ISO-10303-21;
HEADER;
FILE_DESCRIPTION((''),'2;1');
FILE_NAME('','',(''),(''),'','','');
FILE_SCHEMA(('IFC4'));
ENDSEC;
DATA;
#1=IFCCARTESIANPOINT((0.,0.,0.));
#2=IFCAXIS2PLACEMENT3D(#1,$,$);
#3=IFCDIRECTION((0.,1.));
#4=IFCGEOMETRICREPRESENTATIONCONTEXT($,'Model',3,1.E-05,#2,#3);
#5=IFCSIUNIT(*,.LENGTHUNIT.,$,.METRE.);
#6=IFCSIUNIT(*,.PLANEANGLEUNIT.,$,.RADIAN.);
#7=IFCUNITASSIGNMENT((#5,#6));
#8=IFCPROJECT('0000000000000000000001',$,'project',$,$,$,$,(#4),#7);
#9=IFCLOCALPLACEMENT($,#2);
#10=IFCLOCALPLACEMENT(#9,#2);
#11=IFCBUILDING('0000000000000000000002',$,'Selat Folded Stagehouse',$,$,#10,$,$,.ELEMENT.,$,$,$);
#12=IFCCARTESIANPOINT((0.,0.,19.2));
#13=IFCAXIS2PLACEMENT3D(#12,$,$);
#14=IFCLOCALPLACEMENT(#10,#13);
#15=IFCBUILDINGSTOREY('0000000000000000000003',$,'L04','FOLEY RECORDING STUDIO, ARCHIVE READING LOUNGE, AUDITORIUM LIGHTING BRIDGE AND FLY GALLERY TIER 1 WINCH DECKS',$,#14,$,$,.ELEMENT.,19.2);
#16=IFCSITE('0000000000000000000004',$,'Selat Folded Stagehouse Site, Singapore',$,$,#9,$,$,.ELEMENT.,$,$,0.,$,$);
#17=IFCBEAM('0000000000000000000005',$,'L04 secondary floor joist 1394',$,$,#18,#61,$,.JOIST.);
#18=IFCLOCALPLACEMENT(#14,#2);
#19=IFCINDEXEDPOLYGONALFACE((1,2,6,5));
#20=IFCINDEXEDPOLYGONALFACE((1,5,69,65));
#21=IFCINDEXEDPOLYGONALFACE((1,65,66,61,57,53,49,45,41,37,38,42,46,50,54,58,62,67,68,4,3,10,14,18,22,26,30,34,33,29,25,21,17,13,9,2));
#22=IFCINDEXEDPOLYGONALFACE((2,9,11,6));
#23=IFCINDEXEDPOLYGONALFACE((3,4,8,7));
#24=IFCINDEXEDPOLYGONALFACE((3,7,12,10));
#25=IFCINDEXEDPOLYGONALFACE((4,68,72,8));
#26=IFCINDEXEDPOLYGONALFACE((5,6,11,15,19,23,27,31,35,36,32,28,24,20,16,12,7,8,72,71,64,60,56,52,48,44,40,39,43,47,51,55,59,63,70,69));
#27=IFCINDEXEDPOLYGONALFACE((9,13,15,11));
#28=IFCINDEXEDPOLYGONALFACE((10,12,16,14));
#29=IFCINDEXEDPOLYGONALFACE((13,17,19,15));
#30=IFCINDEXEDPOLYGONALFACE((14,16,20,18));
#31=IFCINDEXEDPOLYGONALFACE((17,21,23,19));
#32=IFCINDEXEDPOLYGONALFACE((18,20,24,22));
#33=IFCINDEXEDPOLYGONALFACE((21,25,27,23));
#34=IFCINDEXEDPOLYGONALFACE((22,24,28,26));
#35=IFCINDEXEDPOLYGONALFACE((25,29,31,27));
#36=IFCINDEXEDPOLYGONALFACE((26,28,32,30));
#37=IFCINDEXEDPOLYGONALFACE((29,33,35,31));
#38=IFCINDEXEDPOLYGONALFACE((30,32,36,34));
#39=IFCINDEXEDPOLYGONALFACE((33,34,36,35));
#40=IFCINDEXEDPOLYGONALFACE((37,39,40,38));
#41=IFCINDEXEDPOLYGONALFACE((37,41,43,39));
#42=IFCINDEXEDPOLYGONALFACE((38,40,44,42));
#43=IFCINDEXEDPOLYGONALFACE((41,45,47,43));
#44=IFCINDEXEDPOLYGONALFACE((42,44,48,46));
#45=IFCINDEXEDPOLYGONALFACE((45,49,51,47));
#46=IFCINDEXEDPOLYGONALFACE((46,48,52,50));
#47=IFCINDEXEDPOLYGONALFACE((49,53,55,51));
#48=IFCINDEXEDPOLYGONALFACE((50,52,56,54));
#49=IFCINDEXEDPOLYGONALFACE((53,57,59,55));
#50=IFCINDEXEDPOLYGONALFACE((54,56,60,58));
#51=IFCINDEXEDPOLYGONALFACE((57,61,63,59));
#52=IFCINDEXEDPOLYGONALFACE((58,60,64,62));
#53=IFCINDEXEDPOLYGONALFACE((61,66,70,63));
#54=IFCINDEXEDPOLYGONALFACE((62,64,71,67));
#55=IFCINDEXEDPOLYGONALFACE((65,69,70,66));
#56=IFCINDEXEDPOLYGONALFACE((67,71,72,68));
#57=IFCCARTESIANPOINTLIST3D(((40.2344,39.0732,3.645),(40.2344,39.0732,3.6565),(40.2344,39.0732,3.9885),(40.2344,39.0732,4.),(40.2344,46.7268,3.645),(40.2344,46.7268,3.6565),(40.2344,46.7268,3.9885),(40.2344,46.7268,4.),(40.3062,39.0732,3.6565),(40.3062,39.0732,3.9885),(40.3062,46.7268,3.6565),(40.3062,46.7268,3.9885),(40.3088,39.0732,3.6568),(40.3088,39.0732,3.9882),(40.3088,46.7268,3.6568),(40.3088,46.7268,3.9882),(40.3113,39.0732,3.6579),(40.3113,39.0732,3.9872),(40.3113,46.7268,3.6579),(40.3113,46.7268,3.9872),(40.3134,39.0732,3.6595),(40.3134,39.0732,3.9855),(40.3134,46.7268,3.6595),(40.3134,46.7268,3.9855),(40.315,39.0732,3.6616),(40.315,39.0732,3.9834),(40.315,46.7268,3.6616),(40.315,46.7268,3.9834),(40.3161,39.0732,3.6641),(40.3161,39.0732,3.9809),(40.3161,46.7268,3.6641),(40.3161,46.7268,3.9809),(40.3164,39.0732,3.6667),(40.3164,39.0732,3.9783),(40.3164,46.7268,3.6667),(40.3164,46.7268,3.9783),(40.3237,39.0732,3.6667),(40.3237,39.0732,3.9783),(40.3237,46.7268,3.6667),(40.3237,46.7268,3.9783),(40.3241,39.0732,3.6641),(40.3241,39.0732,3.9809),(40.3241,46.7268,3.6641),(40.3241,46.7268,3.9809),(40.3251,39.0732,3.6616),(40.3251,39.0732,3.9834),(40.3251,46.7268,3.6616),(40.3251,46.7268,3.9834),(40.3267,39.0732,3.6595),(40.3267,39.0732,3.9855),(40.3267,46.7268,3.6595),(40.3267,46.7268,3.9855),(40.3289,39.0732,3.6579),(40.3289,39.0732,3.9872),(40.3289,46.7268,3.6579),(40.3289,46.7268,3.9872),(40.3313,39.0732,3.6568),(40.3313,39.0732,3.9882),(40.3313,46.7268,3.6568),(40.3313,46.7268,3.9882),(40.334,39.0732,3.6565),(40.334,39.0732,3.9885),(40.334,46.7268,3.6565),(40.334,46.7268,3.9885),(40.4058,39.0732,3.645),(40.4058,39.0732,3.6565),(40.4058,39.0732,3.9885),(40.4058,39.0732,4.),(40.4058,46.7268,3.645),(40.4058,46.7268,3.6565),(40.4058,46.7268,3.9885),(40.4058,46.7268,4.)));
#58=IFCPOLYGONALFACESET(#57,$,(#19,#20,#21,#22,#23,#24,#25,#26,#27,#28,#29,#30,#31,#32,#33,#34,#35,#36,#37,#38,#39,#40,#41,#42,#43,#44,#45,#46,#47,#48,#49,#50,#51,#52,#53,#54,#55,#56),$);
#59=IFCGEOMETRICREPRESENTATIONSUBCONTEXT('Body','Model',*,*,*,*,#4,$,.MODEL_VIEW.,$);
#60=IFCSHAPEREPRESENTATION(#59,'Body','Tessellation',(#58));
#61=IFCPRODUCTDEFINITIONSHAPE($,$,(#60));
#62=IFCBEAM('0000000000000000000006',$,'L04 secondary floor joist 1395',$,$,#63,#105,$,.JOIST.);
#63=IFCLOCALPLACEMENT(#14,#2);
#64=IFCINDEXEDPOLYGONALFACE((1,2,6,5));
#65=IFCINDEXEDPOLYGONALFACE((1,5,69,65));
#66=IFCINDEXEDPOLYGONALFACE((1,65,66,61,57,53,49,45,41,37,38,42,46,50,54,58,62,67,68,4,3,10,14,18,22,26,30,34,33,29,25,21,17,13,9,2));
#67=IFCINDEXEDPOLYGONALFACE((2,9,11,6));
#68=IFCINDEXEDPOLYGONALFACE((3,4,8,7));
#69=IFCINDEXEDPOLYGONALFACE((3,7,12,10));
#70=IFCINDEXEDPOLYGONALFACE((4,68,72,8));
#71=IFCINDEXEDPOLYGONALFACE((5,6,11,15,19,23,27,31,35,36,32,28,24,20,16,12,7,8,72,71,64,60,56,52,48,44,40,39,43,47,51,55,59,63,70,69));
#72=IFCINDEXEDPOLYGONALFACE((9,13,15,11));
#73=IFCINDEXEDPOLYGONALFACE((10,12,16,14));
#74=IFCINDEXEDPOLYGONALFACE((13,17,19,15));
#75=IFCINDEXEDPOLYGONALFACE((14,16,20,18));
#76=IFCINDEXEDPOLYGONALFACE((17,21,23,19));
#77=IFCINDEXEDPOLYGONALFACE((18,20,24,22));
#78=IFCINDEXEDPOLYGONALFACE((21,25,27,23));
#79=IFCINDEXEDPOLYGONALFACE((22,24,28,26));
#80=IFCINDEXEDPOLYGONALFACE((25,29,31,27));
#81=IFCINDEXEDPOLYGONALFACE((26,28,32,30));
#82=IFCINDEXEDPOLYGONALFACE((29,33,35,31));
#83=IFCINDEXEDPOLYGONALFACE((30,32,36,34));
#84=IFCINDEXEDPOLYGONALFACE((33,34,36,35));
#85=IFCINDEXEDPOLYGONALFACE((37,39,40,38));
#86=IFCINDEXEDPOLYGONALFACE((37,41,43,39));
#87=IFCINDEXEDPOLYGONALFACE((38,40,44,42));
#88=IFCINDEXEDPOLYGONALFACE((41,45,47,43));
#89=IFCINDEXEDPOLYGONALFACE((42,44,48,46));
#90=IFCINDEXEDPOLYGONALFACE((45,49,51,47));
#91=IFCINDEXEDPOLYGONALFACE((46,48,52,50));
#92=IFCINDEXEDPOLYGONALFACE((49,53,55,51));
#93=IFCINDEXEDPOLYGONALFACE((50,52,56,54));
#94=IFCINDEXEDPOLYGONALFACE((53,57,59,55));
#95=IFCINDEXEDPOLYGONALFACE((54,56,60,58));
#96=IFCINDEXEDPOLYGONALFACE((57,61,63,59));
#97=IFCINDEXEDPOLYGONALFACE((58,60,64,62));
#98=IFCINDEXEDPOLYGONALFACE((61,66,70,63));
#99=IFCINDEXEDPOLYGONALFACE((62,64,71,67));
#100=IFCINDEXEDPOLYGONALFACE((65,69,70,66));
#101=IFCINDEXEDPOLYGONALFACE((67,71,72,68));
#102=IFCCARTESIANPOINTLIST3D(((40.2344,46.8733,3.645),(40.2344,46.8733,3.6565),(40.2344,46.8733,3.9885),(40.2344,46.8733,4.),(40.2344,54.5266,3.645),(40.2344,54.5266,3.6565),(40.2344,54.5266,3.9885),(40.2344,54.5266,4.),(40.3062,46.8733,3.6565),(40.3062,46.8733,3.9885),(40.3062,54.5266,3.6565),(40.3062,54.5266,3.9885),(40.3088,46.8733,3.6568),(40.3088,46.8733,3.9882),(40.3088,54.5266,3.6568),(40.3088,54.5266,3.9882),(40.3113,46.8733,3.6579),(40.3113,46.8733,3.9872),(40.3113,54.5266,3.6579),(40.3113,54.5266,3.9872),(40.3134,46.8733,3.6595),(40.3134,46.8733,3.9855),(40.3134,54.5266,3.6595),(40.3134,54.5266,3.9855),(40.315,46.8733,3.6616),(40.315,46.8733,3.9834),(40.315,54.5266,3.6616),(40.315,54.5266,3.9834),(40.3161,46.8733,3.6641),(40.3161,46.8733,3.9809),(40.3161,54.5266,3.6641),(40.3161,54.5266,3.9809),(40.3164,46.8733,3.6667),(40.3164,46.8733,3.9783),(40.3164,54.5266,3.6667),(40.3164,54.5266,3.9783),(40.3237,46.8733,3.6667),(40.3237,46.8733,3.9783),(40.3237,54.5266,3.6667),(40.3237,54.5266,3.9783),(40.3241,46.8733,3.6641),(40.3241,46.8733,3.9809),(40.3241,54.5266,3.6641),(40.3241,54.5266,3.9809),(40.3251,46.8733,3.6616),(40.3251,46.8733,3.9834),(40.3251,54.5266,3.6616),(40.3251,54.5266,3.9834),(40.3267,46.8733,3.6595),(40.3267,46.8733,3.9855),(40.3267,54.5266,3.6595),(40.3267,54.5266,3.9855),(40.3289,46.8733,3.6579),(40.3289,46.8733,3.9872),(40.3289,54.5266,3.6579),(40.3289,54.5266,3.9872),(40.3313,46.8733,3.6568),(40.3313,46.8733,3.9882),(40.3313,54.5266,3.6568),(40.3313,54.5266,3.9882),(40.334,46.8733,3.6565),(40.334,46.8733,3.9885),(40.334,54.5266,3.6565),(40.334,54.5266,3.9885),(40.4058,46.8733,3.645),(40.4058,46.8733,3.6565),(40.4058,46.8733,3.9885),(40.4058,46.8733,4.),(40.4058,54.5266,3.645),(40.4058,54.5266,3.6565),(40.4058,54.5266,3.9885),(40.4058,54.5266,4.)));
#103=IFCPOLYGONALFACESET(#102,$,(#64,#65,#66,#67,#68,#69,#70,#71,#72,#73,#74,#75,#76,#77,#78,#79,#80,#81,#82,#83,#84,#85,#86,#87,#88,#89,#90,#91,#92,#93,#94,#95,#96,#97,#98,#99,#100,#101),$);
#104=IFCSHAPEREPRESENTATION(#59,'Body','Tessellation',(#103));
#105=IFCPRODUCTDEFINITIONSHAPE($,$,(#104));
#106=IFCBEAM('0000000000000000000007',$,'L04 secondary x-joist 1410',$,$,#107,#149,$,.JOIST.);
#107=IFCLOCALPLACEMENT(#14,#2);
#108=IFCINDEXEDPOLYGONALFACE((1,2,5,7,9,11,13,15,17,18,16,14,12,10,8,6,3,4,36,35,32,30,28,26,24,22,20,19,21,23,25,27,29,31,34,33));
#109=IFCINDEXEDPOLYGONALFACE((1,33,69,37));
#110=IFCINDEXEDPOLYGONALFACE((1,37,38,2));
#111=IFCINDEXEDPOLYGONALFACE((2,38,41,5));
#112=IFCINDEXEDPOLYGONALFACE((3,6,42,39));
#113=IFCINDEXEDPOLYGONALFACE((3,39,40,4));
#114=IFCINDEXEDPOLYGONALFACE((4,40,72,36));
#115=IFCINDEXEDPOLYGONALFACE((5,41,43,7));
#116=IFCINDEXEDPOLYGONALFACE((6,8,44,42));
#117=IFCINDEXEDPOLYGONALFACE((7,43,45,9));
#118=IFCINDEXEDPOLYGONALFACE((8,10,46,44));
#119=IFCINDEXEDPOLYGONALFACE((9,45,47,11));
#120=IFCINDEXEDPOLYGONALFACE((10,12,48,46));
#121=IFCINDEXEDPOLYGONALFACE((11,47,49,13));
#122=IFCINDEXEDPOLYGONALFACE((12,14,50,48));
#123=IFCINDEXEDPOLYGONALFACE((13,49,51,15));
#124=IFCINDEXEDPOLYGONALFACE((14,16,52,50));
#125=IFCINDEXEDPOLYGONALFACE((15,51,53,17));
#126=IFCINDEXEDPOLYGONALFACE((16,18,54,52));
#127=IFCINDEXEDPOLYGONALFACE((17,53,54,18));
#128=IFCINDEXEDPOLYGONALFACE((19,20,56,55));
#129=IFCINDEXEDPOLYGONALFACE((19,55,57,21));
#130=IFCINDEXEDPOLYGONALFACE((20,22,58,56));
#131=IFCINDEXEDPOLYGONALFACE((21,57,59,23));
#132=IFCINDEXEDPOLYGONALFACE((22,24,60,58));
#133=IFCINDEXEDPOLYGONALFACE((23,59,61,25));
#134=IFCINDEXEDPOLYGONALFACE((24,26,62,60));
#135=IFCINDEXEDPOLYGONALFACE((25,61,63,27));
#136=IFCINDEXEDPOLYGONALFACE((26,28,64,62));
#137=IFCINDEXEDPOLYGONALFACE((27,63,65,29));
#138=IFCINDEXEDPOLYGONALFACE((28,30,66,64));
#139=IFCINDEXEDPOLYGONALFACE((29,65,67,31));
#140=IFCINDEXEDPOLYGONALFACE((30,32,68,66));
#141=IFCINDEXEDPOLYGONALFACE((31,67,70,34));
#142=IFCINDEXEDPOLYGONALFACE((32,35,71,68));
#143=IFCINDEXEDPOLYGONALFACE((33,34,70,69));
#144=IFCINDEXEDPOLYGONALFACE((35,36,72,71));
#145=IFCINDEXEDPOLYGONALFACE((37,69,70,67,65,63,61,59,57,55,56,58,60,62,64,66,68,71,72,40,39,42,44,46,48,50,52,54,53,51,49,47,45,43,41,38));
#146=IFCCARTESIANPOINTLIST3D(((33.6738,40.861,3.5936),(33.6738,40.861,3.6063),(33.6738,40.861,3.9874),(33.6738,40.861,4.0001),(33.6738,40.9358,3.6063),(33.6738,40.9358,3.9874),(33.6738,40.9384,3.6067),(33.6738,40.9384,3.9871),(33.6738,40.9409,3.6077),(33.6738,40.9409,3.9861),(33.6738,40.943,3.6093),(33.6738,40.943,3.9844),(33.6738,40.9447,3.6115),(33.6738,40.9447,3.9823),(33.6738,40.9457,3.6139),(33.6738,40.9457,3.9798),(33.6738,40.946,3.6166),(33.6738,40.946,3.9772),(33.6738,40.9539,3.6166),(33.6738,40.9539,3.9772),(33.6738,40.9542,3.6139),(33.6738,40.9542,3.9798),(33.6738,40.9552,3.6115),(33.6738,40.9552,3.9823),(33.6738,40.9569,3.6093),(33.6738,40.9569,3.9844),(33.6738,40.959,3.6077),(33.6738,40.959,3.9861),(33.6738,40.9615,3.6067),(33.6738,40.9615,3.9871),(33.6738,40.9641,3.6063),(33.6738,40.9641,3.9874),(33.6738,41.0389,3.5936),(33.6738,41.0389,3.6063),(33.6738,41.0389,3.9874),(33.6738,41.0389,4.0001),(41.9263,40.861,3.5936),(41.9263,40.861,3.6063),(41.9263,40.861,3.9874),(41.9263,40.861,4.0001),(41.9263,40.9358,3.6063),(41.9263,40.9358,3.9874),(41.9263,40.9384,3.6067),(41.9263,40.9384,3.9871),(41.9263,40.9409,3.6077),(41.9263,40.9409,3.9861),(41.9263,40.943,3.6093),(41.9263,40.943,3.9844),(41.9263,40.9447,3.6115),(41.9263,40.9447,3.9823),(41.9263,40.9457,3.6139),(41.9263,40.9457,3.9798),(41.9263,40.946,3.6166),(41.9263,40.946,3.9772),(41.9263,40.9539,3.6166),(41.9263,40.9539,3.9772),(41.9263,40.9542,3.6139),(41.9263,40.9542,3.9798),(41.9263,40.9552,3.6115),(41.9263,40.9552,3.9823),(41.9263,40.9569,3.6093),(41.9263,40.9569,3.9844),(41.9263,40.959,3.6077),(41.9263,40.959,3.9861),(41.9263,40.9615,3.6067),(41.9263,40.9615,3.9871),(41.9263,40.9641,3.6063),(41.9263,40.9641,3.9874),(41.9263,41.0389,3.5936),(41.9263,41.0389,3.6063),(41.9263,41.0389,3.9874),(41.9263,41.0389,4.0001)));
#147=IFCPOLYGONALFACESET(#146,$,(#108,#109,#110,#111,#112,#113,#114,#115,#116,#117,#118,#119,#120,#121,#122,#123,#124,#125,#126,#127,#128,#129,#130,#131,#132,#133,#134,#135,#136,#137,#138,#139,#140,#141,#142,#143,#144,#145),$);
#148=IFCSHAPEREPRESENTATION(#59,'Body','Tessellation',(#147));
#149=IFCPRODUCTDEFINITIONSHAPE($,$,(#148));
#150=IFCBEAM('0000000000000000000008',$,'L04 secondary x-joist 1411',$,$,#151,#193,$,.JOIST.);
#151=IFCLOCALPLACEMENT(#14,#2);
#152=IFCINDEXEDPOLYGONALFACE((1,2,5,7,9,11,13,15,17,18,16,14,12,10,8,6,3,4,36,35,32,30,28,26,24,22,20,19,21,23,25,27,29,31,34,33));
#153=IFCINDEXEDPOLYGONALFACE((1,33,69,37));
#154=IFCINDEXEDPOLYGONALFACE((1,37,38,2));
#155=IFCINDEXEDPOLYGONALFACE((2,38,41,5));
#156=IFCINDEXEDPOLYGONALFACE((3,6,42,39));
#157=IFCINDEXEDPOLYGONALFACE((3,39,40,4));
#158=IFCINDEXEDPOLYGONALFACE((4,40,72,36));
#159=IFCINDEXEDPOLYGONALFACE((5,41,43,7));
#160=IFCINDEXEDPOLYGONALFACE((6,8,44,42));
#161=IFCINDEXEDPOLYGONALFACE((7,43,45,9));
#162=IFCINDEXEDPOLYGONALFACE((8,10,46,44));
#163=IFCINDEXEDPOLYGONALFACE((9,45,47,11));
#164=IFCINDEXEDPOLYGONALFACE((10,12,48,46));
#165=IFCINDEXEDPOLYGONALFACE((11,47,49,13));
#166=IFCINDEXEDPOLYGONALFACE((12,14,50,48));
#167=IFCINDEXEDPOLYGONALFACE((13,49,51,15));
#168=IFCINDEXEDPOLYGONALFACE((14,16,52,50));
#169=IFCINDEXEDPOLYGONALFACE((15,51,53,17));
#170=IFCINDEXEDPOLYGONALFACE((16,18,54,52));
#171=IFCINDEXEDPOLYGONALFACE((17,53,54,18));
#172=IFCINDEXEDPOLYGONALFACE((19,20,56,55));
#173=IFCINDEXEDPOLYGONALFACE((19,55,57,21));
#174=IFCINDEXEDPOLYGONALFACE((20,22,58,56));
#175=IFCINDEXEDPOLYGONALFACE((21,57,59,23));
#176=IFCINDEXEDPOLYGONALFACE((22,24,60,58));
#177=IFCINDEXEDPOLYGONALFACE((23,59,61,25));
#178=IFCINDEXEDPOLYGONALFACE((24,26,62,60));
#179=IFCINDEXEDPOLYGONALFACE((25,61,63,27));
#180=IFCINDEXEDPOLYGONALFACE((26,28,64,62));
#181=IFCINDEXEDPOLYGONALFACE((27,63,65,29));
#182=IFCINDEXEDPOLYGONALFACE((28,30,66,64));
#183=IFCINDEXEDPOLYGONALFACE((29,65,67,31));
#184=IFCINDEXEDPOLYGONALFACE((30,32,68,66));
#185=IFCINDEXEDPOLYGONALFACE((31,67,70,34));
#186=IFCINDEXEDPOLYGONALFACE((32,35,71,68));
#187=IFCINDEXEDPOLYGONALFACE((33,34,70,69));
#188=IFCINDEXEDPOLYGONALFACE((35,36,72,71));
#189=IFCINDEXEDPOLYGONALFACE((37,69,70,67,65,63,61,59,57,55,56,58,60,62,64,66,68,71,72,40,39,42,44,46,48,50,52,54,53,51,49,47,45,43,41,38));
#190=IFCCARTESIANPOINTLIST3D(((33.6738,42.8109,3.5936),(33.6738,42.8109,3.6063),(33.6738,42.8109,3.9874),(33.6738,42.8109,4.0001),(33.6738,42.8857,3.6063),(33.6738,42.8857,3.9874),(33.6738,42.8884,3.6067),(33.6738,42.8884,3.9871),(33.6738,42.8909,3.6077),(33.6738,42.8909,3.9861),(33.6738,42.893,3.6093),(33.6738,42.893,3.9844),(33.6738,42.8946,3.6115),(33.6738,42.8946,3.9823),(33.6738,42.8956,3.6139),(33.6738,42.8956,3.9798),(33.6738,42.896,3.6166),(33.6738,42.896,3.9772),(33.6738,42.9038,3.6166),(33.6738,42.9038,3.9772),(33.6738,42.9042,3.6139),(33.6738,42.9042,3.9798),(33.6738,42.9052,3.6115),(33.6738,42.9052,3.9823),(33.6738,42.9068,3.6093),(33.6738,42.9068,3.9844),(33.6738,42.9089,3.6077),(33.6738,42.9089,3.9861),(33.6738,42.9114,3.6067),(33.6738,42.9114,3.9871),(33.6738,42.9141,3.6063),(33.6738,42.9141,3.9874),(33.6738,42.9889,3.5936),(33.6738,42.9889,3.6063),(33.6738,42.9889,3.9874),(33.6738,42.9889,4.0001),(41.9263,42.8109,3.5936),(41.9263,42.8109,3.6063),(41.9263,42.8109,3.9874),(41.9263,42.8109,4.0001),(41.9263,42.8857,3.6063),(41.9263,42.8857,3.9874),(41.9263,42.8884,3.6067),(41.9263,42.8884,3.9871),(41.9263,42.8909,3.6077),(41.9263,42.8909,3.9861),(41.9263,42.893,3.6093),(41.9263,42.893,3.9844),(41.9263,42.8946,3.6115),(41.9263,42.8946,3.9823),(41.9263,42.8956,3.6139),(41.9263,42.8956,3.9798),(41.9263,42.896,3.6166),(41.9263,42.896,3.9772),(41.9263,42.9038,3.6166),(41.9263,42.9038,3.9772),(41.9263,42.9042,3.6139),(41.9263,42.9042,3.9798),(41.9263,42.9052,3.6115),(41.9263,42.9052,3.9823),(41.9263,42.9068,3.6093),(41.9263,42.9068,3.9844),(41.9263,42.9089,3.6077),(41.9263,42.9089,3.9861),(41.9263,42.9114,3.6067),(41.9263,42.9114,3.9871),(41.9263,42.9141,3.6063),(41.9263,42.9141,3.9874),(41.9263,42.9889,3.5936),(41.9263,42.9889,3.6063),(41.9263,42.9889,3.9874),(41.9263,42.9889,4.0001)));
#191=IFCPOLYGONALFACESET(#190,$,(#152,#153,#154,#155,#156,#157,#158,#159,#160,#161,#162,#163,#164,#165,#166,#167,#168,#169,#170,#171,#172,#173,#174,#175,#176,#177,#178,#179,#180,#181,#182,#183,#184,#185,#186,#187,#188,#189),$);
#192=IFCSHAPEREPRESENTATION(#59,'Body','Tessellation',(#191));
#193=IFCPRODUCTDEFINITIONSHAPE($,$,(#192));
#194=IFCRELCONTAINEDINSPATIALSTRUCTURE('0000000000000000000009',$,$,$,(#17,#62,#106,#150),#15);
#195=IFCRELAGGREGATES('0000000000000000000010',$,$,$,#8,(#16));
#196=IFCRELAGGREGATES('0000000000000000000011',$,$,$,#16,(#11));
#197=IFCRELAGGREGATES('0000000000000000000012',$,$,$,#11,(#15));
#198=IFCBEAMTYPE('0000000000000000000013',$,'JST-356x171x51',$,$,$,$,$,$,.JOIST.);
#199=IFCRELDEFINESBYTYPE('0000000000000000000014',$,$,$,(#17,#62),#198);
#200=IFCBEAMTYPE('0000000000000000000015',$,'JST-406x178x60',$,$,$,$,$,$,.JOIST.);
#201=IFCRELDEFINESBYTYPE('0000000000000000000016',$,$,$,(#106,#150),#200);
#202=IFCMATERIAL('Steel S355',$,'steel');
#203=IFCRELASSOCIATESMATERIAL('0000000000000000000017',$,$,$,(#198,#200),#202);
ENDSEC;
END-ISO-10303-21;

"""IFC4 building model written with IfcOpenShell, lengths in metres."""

from ifc_helpers import new_model, si_unit, direction, frame, origin, origin_2d, place, context, subcontext, project, spatial, i_section, extrude, material, material_profile, profile_set, type_object, element, save


model = new_model("IFC4")

# Units and contexts
model_context = context("Model", 3, precision=1e-05, world=origin(), true_north=direction((0.0, 1.0)))
body_context = subcontext(model_context, "Body", "Model", "MODEL_VIEW")
ifc_project = project(units=[si_unit("LENGTHUNIT", "METRE"), si_unit("PLANEANGLEUNIT", "RADIAN")], contexts=[model_context])

# Site, building, storey
site_placement = place(None, origin())
site = spatial("IfcSite", under=ifc_project, at=site_placement, Name="Selat Folded Stagehouse Site, Singapore", CompositionType="ELEMENT", RefElevation=0.0)
building_placement = place(site_placement, origin())
building = spatial("IfcBuilding", under=site, at=building_placement, Name="Selat Folded Stagehouse", CompositionType="ELEMENT")
storey_placement = place(building_placement, frame((0.0, 0.0, 19.2)))
storey = spatial("IfcBuildingStorey", under=building, at=storey_placement, Name="L04", Description="FOLEY RECORDING STUDIO, ARCHIVE READING LOUNGE, AUDITORIUM LIGHTING BRIDGE AND FLY GALLERY TIER 1 WINCH DECKS", CompositionType="ELEMENT", Elevation=19.2)

# Shared definitions
ifc_material_1 = material(Name="Steel S355", Category="steel")

# Beams
ifc_material_profile_1 = material_profile(ifc_material_1, i_section(OverallWidth=0.1714, OverallDepth=0.355, WebThickness=0.0073, FlangeThickness=0.0115, FilletRadius=0.0103, at=origin_2d()), Name="UKB 356x171x51")
ifc_profile_set_1 = profile_set([ifc_material_profile_1], Name="Steel S355")
beam_type_1 = type_object("IfcBeamType", Name="JST-356x171x51", PredefinedType="JOIST", material=ifc_profile_set_1)
beam_1_placement = place(storey_placement, frame((40.3201, 39.0732, 3.8225), z_axis=(0.0, 1.0, 0.0), x_axis=(-1.0, 0.0, 0.0)))
element("IfcBeam", 1, at=beam_1_placement, inside=storey, type_object=beam_type_1, Name="L04 secondary floor joist 1394", PredefinedType="JOIST", context=body_context, shape_type="SweptSolid", body=[
    extrude(i_section(OverallWidth=0.1714, OverallDepth=0.355, WebThickness=0.0073, FlangeThickness=0.0115, FilletRadius=0.0103, at=origin_2d()), origin(), (0.0, 0.0, 1.0), 7.6536),
])
beam_2_placement = place(storey_placement, frame((40.3201, 46.8733, 3.8225), z_axis=(0.0, 1.0, 0.0), x_axis=(-1.0, 0.0, 0.0)))
element("IfcBeam", 2, at=beam_2_placement, inside=storey, type_object=beam_type_1, Name="L04 secondary floor joist 1395", PredefinedType="JOIST", context=body_context, shape_type="SweptSolid", body=[
    extrude(i_section(OverallWidth=0.1714, OverallDepth=0.355, WebThickness=0.0073, FlangeThickness=0.0115, FilletRadius=0.0103, at=origin_2d()), origin(), (0.0, 0.0, 1.0), 7.6533),
])
ifc_material_profile_2 = material_profile(ifc_material_1, i_section(OverallWidth=0.178, OverallDepth=0.4065, WebThickness=0.0078, FlangeThickness=0.0127, FilletRadius=0.0103, at=origin_2d()), Name="UKB 406x178x60")
ifc_profile_set_2 = profile_set([ifc_material_profile_2], Name="Steel S355")
beam_type_2 = type_object("IfcBeamType", Name="JST-406x178x60", PredefinedType="JOIST", material=ifc_profile_set_2)
for number, where, z_axis, x_axis, name in (
    (3, (33.6738, 40.95, 3.7969), (1.0, 0.0, 0.0), (0.0, 1.0, 0.0), "L04 secondary x-joist 1410"),
    (4, (33.6738, 42.8999, 3.7969), (1.0, 0.0, 0.0), (0.0, 1.0, 0.0), "L04 secondary x-joist 1411"),
):
    element("IfcBeam", number, at=place(storey_placement, frame(where, z_axis=z_axis, x_axis=x_axis)), inside=storey, type_object=beam_type_2, Name=name, PredefinedType="JOIST", context=body_context, shape_type="SweptSolid", body=[
        extrude(i_section(OverallWidth=0.178, OverallDepth=0.4065, WebThickness=0.0078, FlangeThickness=0.0127, FilletRadius=0.0103, at=origin_2d()), origin(), (0.0, 0.0, 1.0), 8.2524),
    ])

save(model, "model.ifc")
